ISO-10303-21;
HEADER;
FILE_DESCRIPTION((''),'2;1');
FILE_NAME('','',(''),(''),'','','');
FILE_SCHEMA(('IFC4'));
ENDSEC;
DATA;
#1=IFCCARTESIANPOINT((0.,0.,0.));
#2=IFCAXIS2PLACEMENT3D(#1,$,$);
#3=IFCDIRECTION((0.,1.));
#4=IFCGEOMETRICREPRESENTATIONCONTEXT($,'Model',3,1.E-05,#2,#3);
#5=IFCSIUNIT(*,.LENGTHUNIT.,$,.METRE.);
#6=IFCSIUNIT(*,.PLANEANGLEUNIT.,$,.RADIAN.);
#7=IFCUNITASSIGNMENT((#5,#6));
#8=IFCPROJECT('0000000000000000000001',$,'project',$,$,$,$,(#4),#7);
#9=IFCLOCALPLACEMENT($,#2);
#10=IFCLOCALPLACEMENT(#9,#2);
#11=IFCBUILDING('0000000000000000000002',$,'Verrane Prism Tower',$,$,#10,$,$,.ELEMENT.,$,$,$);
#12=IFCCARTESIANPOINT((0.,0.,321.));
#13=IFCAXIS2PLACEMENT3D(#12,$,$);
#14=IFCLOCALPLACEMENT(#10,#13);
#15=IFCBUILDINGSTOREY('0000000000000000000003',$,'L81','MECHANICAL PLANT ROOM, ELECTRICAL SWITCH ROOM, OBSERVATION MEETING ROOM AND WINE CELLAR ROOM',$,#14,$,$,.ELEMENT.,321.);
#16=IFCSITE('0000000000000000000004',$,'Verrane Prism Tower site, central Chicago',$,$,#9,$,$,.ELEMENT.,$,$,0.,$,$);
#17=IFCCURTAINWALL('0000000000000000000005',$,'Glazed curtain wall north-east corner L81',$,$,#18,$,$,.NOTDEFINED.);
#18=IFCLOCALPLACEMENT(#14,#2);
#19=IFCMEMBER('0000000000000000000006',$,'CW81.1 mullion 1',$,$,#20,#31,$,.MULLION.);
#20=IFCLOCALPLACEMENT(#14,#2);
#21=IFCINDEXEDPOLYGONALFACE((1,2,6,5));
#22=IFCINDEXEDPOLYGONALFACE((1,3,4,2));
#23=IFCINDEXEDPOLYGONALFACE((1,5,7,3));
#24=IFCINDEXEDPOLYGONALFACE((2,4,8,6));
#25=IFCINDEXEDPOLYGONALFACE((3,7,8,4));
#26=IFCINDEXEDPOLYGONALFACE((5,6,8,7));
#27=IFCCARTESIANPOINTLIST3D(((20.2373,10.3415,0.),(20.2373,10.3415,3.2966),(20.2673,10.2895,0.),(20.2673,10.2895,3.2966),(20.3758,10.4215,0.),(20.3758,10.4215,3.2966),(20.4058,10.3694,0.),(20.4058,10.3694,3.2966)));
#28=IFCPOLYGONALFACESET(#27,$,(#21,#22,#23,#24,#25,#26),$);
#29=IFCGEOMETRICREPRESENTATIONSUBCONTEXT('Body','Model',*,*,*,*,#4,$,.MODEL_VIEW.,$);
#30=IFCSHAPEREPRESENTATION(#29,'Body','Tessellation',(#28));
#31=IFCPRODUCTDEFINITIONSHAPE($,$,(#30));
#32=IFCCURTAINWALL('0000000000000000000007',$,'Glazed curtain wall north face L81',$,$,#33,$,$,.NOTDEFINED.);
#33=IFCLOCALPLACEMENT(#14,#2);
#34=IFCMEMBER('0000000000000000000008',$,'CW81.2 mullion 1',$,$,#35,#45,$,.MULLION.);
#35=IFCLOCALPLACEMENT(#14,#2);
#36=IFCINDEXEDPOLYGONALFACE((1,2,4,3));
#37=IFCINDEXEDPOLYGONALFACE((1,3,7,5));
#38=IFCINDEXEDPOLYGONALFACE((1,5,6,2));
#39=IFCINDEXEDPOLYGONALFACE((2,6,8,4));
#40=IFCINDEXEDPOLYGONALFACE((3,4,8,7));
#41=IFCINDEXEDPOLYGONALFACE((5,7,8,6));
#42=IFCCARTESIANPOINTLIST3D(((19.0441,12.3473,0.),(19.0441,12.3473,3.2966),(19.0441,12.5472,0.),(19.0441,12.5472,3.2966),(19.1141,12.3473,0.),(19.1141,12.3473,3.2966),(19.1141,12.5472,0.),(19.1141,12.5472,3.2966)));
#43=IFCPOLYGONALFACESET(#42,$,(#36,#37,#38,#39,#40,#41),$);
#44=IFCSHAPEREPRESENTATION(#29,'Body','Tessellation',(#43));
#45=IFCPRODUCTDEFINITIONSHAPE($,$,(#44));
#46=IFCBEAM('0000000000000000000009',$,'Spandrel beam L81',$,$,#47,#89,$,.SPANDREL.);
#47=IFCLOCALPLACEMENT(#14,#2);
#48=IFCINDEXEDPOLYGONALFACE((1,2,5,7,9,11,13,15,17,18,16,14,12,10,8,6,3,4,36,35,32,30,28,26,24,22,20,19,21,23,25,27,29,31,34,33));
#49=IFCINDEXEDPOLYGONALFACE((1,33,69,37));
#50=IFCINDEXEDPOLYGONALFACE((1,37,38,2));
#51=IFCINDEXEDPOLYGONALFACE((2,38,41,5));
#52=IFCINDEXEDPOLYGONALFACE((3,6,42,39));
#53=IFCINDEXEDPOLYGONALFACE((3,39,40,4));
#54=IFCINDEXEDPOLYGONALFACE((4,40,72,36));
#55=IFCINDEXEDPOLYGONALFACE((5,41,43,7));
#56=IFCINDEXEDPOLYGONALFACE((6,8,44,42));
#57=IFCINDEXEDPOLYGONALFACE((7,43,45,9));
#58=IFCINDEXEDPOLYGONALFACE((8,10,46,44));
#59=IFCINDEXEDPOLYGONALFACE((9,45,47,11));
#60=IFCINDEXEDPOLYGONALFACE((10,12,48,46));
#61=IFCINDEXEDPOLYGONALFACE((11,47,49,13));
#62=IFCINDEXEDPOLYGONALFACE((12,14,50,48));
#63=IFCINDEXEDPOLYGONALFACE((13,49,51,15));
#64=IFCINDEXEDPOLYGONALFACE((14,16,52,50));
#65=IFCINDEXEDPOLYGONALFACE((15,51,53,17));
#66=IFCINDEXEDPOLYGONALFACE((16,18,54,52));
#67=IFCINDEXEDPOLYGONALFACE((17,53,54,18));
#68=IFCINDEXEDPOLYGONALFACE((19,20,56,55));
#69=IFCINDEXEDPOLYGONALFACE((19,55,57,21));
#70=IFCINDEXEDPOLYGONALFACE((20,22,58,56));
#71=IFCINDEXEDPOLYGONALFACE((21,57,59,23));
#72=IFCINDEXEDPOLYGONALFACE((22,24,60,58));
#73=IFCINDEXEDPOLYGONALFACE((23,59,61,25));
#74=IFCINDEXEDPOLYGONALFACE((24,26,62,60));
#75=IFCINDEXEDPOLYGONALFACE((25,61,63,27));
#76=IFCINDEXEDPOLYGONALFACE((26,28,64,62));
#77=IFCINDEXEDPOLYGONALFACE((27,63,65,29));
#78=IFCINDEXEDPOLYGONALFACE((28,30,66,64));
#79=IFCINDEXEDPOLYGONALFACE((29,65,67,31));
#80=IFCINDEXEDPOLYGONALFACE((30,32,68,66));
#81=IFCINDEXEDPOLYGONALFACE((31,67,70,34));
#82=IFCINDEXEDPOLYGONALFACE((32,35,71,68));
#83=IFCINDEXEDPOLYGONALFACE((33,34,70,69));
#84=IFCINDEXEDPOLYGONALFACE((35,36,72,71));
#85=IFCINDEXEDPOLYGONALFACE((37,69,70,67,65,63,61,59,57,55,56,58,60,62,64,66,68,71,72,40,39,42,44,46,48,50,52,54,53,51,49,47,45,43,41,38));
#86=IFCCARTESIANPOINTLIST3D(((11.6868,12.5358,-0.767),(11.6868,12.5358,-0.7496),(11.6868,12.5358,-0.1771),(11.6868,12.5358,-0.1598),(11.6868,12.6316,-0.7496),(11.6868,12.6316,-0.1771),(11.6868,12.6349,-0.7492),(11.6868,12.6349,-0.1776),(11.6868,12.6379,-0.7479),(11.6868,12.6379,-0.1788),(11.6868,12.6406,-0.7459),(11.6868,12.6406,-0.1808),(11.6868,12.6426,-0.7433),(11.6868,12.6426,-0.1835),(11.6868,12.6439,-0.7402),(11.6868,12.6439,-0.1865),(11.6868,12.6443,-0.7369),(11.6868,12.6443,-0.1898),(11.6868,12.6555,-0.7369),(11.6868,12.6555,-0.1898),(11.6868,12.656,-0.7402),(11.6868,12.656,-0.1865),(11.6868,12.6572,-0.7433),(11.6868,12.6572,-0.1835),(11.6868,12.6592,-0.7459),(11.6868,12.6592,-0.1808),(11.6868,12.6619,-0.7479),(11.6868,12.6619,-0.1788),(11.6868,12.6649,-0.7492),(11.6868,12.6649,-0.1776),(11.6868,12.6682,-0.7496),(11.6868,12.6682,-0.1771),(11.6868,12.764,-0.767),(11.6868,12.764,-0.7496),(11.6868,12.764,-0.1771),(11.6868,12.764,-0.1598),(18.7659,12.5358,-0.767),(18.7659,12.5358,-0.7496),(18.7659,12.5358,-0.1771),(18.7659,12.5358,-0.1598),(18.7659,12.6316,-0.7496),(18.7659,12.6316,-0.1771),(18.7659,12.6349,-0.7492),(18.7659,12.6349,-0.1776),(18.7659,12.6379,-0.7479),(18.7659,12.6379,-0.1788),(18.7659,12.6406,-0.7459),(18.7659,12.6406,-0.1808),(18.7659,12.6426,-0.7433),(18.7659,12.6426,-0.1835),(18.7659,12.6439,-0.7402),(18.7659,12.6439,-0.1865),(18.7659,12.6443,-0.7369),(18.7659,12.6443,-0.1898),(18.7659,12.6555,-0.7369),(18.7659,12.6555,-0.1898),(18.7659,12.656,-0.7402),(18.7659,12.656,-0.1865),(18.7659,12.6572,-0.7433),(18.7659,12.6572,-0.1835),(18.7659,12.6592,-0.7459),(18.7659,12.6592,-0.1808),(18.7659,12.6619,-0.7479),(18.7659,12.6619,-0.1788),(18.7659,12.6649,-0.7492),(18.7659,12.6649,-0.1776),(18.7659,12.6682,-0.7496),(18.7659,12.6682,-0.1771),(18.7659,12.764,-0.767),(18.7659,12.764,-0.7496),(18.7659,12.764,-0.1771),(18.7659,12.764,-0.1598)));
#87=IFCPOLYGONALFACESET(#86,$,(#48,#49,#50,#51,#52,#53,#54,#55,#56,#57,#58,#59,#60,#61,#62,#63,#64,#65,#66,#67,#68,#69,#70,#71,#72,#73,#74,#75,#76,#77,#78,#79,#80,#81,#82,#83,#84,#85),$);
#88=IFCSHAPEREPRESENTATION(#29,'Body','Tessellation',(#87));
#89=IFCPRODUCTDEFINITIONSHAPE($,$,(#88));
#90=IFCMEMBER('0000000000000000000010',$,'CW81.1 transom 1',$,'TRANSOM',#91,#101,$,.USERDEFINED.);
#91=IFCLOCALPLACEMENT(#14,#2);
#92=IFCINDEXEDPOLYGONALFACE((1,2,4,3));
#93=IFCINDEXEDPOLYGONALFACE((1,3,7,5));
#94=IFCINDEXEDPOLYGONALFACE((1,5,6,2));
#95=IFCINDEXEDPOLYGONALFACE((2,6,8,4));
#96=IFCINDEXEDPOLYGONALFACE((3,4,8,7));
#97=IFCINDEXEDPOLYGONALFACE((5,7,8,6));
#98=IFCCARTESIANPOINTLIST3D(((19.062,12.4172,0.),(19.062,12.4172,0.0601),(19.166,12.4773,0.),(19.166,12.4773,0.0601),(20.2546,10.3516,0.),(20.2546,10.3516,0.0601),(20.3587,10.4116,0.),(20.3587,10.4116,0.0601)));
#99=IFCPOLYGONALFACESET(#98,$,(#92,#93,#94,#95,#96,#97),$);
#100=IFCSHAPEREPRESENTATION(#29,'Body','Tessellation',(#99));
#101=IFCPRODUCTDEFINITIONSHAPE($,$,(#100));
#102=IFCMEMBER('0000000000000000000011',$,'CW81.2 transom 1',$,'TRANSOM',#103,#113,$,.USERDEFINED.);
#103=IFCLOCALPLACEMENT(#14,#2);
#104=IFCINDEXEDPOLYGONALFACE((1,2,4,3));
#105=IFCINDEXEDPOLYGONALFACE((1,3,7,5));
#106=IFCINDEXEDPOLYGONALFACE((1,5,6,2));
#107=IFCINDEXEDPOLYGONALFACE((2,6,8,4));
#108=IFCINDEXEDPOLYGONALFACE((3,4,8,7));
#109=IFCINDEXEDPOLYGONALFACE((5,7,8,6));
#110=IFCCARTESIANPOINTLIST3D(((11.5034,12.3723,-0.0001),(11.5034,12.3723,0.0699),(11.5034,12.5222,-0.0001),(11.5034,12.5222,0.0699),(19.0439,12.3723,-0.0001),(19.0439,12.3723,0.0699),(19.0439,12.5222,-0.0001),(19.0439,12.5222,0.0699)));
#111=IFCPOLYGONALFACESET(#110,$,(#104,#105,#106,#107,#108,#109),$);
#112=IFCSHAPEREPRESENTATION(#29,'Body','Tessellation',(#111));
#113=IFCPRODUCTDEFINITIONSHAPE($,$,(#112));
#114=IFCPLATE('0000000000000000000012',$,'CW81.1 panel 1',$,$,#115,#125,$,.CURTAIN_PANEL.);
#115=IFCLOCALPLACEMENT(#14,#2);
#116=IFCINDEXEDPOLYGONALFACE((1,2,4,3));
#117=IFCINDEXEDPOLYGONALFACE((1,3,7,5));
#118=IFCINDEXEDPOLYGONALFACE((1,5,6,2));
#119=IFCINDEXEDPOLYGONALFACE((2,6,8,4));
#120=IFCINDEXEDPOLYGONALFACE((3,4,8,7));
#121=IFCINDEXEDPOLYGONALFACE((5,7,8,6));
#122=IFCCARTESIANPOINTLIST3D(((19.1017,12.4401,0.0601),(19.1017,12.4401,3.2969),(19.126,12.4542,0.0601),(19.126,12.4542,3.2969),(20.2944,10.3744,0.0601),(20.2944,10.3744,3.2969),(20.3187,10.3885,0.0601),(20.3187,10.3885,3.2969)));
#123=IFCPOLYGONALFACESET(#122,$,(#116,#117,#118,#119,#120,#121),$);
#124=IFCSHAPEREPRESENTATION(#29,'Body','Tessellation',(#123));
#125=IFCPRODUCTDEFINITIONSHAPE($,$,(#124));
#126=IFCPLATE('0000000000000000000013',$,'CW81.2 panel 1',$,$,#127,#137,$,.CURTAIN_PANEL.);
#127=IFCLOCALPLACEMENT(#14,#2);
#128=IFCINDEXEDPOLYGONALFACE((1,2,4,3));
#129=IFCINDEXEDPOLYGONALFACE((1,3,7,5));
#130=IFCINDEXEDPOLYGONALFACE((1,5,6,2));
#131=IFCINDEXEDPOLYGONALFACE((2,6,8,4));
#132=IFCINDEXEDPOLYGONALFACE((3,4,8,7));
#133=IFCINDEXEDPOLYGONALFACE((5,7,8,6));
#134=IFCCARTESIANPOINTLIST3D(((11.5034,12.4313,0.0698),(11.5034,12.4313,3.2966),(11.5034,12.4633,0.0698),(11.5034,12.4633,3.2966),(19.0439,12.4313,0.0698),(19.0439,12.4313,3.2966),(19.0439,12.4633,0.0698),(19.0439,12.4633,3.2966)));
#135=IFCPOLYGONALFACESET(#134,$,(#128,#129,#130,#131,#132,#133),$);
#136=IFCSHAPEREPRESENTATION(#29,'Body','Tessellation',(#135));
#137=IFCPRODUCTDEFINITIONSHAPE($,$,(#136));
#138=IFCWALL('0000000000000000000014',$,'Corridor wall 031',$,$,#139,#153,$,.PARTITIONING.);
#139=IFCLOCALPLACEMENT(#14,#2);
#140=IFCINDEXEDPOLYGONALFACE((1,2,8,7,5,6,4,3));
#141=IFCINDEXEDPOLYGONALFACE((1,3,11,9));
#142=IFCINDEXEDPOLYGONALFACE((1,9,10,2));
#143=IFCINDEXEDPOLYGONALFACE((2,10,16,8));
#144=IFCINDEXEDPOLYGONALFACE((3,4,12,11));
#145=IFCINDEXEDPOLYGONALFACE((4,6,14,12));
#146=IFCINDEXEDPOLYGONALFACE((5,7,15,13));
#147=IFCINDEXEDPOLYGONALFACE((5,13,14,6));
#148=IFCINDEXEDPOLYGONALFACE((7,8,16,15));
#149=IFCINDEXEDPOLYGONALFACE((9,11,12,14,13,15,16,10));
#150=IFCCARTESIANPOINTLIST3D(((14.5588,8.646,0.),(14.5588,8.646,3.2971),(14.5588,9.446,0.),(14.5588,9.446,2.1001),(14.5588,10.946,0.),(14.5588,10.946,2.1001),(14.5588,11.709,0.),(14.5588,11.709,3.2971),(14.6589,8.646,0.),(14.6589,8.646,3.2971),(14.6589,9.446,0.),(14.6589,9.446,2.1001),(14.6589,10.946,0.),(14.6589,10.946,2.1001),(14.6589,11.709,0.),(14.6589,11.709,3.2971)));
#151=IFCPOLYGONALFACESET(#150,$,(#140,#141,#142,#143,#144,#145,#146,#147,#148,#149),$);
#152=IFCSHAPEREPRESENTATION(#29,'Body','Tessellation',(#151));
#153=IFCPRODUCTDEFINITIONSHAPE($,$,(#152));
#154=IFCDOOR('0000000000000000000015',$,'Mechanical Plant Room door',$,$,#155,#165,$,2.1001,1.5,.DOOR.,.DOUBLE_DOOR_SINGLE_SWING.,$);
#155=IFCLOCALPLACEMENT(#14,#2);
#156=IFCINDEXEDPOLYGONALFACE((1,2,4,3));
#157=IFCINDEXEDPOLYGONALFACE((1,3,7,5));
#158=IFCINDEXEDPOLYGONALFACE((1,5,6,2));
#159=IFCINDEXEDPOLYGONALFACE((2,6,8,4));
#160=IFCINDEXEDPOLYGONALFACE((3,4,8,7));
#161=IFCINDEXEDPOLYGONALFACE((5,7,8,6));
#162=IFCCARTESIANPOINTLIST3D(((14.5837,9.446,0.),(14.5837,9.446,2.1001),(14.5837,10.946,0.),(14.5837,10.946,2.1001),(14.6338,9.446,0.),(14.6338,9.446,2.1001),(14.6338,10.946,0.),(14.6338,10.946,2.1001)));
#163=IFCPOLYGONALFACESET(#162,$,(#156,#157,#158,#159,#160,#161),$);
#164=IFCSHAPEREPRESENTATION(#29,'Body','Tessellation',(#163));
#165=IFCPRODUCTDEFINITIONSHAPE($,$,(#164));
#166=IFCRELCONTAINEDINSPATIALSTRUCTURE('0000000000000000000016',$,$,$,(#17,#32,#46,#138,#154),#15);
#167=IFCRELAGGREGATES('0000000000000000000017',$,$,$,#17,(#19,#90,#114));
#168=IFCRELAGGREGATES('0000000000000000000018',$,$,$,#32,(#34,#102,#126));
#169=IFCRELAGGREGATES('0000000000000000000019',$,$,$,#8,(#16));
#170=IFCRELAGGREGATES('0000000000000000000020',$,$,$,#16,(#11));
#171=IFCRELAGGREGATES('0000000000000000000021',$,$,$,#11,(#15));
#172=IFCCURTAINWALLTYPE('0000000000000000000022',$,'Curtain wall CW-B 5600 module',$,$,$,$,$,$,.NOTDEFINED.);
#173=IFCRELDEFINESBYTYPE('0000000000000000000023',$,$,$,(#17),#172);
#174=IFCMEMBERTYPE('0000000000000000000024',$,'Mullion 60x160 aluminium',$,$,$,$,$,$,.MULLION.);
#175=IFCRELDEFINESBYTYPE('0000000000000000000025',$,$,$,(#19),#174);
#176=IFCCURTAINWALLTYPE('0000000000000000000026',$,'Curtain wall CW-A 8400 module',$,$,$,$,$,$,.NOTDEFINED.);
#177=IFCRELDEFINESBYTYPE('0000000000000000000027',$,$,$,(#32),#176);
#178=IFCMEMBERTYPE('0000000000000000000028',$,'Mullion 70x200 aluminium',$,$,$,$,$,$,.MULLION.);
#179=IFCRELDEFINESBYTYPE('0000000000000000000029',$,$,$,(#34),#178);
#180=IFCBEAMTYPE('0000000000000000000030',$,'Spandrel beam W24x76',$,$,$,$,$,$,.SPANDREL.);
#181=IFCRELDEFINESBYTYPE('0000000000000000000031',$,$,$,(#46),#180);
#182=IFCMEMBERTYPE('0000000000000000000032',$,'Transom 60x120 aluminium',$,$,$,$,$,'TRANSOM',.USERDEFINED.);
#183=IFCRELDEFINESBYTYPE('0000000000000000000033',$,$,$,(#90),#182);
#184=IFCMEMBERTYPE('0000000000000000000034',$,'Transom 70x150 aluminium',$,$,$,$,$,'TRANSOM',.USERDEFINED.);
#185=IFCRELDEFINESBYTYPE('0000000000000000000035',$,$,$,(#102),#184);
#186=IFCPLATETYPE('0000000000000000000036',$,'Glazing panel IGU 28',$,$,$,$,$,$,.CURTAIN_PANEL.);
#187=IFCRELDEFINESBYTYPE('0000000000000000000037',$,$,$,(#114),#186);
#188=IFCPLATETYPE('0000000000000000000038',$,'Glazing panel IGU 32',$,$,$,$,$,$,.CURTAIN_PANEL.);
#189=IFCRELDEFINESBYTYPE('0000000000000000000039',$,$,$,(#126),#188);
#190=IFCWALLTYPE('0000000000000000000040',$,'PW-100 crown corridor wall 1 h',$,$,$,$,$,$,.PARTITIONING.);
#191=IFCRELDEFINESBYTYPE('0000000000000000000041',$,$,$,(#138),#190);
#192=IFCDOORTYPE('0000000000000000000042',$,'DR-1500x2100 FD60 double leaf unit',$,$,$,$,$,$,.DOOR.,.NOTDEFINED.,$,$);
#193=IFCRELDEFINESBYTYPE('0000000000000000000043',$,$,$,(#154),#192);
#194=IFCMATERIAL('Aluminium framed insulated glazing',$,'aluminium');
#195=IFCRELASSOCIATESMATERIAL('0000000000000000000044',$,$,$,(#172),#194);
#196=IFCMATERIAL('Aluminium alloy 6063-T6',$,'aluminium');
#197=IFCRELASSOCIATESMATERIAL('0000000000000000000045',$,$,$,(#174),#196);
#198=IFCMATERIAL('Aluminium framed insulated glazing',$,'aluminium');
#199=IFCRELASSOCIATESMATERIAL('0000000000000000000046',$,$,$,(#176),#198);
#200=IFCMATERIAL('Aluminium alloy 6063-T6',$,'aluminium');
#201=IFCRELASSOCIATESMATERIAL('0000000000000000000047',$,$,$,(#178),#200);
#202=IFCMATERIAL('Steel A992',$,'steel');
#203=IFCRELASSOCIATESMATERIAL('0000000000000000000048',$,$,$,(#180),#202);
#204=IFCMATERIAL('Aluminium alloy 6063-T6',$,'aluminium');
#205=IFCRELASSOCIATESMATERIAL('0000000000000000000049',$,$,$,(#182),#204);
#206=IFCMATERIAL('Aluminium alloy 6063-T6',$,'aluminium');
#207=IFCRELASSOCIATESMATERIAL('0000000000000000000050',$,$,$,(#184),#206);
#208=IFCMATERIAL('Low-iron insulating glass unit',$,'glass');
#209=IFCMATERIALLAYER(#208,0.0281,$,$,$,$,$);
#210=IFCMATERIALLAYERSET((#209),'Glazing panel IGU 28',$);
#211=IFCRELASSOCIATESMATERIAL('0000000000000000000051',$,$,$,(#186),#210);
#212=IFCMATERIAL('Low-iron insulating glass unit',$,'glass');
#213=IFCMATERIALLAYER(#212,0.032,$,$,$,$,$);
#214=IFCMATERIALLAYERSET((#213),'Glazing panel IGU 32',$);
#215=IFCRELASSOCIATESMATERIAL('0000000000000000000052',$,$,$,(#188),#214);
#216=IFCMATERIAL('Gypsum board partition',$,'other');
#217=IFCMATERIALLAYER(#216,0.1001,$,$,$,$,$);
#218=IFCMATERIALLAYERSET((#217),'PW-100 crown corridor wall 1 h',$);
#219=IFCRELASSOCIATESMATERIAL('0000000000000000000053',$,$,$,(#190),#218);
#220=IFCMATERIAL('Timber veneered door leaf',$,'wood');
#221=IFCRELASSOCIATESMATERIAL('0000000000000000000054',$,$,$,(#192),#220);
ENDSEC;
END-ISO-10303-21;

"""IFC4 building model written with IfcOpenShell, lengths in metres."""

from ifc_helpers import new_model, si_unit, direction, frame, frame_2d, origin, origin_2d, place, context, subcontext, project, spatial, rectangle, i_section, extrude, material, layer, layer_set, material_profile, profile_set, type_object, element, fill, aggregate, save


model = new_model("IFC4")

# Units and contexts
model_context = context("Model", 3, precision=1e-05, world=origin(), true_north=direction((0.0, 1.0)))
body_context = subcontext(model_context, "Body", "Model", "MODEL_VIEW")
ifc_project = project(units=[si_unit("LENGTHUNIT", "METRE"), si_unit("PLANEANGLEUNIT", "RADIAN")], contexts=[model_context])

# Site, building, storey
site_placement = place(None, origin())
site = spatial("IfcSite", under=ifc_project, at=site_placement, Name="Verrane Prism Tower site, central Chicago", CompositionType="ELEMENT", RefElevation=0.0)
building_placement = place(site_placement, origin())
building = spatial("IfcBuilding", under=site, at=building_placement, Name="Verrane Prism Tower", CompositionType="ELEMENT")
storey_placement = place(building_placement, frame((0.0, 0.0, 321.0)))
storey = spatial("IfcBuildingStorey", under=building, at=storey_placement, Name="L81", Description="MECHANICAL PLANT ROOM, ELECTRICAL SWITCH ROOM, OBSERVATION MEETING ROOM AND WINE CELLAR ROOM", CompositionType="ELEMENT", Elevation=321.0)

# Curtain walls, members
ifc_material_1 = material(Name="Aluminium framed insulated glazing", Category="aluminium")
curtain_wall_type_1 = type_object("IfcCurtainWallType", Name="Curtain wall CW-B 5600 module", PredefinedType="NOTDEFINED", material=ifc_material_1)
curtain_wall_1_placement = place(storey_placement, origin())
curtain_wall_1 = element("IfcCurtainWall", 1, at=curtain_wall_1_placement, inside=storey, type_object=curtain_wall_type_1, Name="Glazed curtain wall north-east corner L81", PredefinedType="NOTDEFINED")
ifc_material_2 = material(Name="Aluminium alloy 6063-T6", Category="aluminium")
ifc_material_profile_1 = material_profile(ifc_material_2, rectangle(XDim=0.1599, YDim=0.0601, at=origin_2d()), Name="Mullion 60x160 aluminium")
ifc_profile_set_1 = profile_set([ifc_material_profile_1], Name="Aluminium alloy 6063-T6")
member_type_1 = type_object("IfcMemberType", Name="Mullion 60x160 aluminium", PredefinedType="MULLION", material=ifc_profile_set_1)
member_1_placement = place(storey_placement, frame((20.3215, 10.3555, 0.0), z_axis=(0.0, 0.0, 1.0), x_axis=(-0.866025, -0.500001, 0.0)))
member_1 = element("IfcMember", 2, at=member_1_placement, type_object=member_type_1, Name="CW81.1 mullion 1", PredefinedType="MULLION", context=body_context, shape_type="SweptSolid", body=[
    extrude(rectangle(XDim=0.1599, YDim=0.0601, at=origin_2d()), origin(), (0.0, 0.0, 1.0), 3.2966),
])
ifc_material_3 = material(Name="Aluminium framed insulated glazing", Category="aluminium")
curtain_wall_type_2 = type_object("IfcCurtainWallType", Name="Curtain wall CW-A 8400 module", PredefinedType="NOTDEFINED", material=ifc_material_3)
curtain_wall_2_placement = place(storey_placement, origin())
curtain_wall_2 = element("IfcCurtainWall", 3, at=curtain_wall_2_placement, inside=storey, type_object=curtain_wall_type_2, Name="Glazed curtain wall north face L81", PredefinedType="NOTDEFINED")
ifc_material_4 = material(Name="Aluminium alloy 6063-T6", Category="aluminium")
ifc_material_profile_2 = material_profile(ifc_material_4, rectangle(XDim=0.2, YDim=0.0701, at=origin_2d()), Name="Mullion 70x200 aluminium")
ifc_profile_set_2 = profile_set([ifc_material_profile_2], Name="Aluminium alloy 6063-T6")
member_type_2 = type_object("IfcMemberType", Name="Mullion 70x200 aluminium", PredefinedType="MULLION", material=ifc_profile_set_2)
member_2_placement = place(storey_placement, frame((19.0791, 12.4473, 0.0), z_axis=(0.0, 0.0, 1.0), x_axis=(0.0, -1.0, 0.0)))
member_2 = element("IfcMember", 4, at=member_2_placement, type_object=member_type_2, Name="CW81.2 mullion 1", PredefinedType="MULLION", context=body_context, shape_type="SweptSolid", body=[
    extrude(rectangle(XDim=0.2, YDim=0.0701, at=origin_2d()), origin(), (0.0, 0.0, 1.0), 3.2966),
])

# Beam
ifc_material_5 = material(Name="Steel A992", Category="steel")
ifc_material_profile_3 = material_profile(ifc_material_5, i_section(OverallWidth=0.2283, OverallDepth=0.6072, WebThickness=0.0112, FlangeThickness=0.0173, FilletRadius=0.0127, at=origin_2d()), Name="W24x76")
ifc_profile_set_3 = profile_set([ifc_material_profile_3], Name="Steel A992")
beam_type_1 = type_object("IfcBeamType", Name="Spandrel beam W24x76", PredefinedType="SPANDREL", material=ifc_profile_set_3)
beam_1_placement = place(storey_placement, frame((18.7659, 12.6499, -0.4634), z_axis=(-1.0, 0.0, 0.0), x_axis=(0.0, -1.0, 0.0)))
element("IfcBeam", 5, at=beam_1_placement, inside=storey, type_object=beam_type_1, Name="Spandrel beam L81", PredefinedType="SPANDREL", context=body_context, shape_type="SweptSolid", body=[
    extrude(i_section(OverallWidth=0.2283, OverallDepth=0.6072, WebThickness=0.0112, FlangeThickness=0.0173, FilletRadius=0.0127, at=origin_2d()), origin(), (0.0, 0.0, 1.0), 7.0791),
])

# Members
ifc_material_6 = material(Name="Aluminium alloy 6063-T6", Category="aluminium")
ifc_material_profile_4 = material_profile(ifc_material_6, rectangle(XDim=0.1201, YDim=0.0601, at=origin_2d()), Name="Transom 60x120 aluminium")
ifc_profile_set_4 = profile_set([ifc_material_profile_4], Name="Aluminium alloy 6063-T6")
member_type_3 = type_object("IfcMemberType", Name="Transom 60x120 aluminium", ElementType="TRANSOM", PredefinedType="USERDEFINED", material=ifc_profile_set_4)
member_3_placement = place(storey_placement, frame((20.3066, 10.3816, 0.03), z_axis=(-0.500003, 0.866024, 0.0), x_axis=(-0.866024, -0.500003, 0.0)))
member_3 = element("IfcMember", 6, at=member_3_placement, type_object=member_type_3, Name="CW81.1 transom 1", ObjectType="TRANSOM", PredefinedType="USERDEFINED", context=body_context, shape_type="SweptSolid", body=[
    extrude(rectangle(XDim=0.1201, YDim=0.0601, at=origin_2d()), origin(), (0.0, 0.0, 1.0), 2.3853),
])
ifc_material_7 = material(Name="Aluminium alloy 6063-T6", Category="aluminium")
ifc_material_profile_5 = material_profile(ifc_material_7, rectangle(XDim=0.1499, YDim=0.0701, at=origin_2d()), Name="Transom 70x150 aluminium")
ifc_profile_set_5 = profile_set([ifc_material_profile_5], Name="Aluminium alloy 6063-T6")
member_type_4 = type_object("IfcMemberType", Name="Transom 70x150 aluminium", ElementType="TRANSOM", PredefinedType="USERDEFINED", material=ifc_profile_set_5)
member_4_placement = place(storey_placement, frame((19.0439, 12.4473, 0.0349), z_axis=(-1.0, 0.0, 0.0), x_axis=(0.0, -1.0, 0.0)))
member_4 = element("IfcMember", 7, at=member_4_placement, type_object=member_type_4, Name="CW81.2 transom 1", ObjectType="TRANSOM", PredefinedType="USERDEFINED", context=body_context, shape_type="SweptSolid", body=[
    extrude(rectangle(XDim=0.1499, YDim=0.0701, at=origin_2d()), origin(), (0.0, 0.0, 1.0), 7.5405),
])

# Plates
ifc_material_8 = material(Name="Low-iron insulating glass unit", Category="glass")
ifc_layer_1 = layer(ifc_material_8, 0.0281)
ifc_layer_set_1 = layer_set([ifc_layer_1], Name="Glazing panel IGU 28")
plate_type_1 = type_object("IfcPlateType", Name="Glazing panel IGU 28", PredefinedType="CURTAIN_PANEL", material=ifc_layer_set_1)
plate_1_placement = place(storey_placement, frame((19.7102, 11.4143, 0.0601), z_axis=(0.0, 0.0, 1.0), x_axis=(-0.500001, 0.866025, 0.0)))
plate_1 = element("IfcPlate", 8, at=plate_1_placement, type_object=plate_type_1, Name="CW81.1 panel 1", PredefinedType="CURTAIN_PANEL", context=body_context, shape_type="SweptSolid", body=[
    extrude(rectangle(XDim=2.3853, YDim=0.0281, at=origin_2d()), origin(), (0.0, 0.0, 1.0), 3.2368),
])
aggregate(curtain_wall_1, [member_1, member_3, plate_1])
ifc_material_9 = material(Name="Low-iron insulating glass unit", Category="glass")
ifc_layer_2 = layer(ifc_material_9, 0.032)
ifc_layer_set_2 = layer_set([ifc_layer_2], Name="Glazing panel IGU 32")
plate_type_2 = type_object("IfcPlateType", Name="Glazing panel IGU 32", PredefinedType="CURTAIN_PANEL", material=ifc_layer_set_2)
plate_2_placement = place(storey_placement, frame((15.2737, 12.4473, 0.0698), z_axis=(0.0, 0.0, 1.0), x_axis=(-1.0, 0.0, 0.0)))
plate_2 = element("IfcPlate", 9, at=plate_2_placement, type_object=plate_type_2, Name="CW81.2 panel 1", PredefinedType="CURTAIN_PANEL", context=body_context, shape_type="SweptSolid", body=[
    extrude(rectangle(XDim=7.5405, YDim=0.032, at=origin_2d()), origin(), (0.0, 0.0, 1.0), 3.2268),
])
aggregate(curtain_wall_2, [member_2, member_4, plate_2])

# Wall, opening, door
ifc_material_10 = material(Name="Gypsum board partition", Category="other")
ifc_layer_3 = layer(ifc_material_10, 0.1001)
ifc_layer_set_3 = layer_set([ifc_layer_3], Name="PW-100 crown corridor wall 1 h")
wall_type_1 = type_object("IfcWallType", Name="PW-100 crown corridor wall 1 h", PredefinedType="PARTITIONING", material=ifc_layer_set_3)
wall_1_placement = place(storey_placement, frame((14.6089, 11.709, 0.0), z_axis=(0.0, 0.0, 1.0), x_axis=(0.0, -1.0, 0.0)))
wall_1 = element("IfcWall", 10, at=wall_1_placement, inside=storey, type_object=wall_type_1, Name="Corridor wall 031", PredefinedType="PARTITIONING", context=body_context, shape_type="SweptSolid", body=[
    extrude(rectangle(XDim=3.063, YDim=0.1001, at=frame_2d((1.5315, 0.0))), origin(), (0.0, 0.0, 1.0), 3.2971),
])
opening_placement = place(wall_1_placement, frame((0.7629, 0.0, 0.0)))
opening = element("IfcOpeningElement", 11, at=opening_placement, cuts=wall_1, PredefinedType="OPENING", context=body_context, shape_type="SweptSolid", body=[
    extrude(rectangle(XDim=1.5, YDim=2.1001, at=frame_2d((0.75, 1.05))), frame((0.0, 0.0601, 0.0), z_axis=(0.0, -1.0, 0.0), x_axis=(1.0, 0.0, 0.0)), (0.0, 0.0, 1.0), 0.1201),
])
ifc_material_11 = material(Name="Timber veneered door leaf", Category="wood")
door_type = type_object("IfcDoorType", Name="DR-1500x2100 FD60 double leaf unit", OperationType="NOTDEFINED", PredefinedType="DOOR", material=ifc_material_11)
door_placement = place(opening_placement, origin())
door = element("IfcDoor", 12, at=door_placement, inside=storey, type_object=door_type, Name="Mechanical Plant Room door", OperationType="DOUBLE_DOOR_SINGLE_SWING", OverallHeight=2.1001, OverallWidth=1.5, PredefinedType="DOOR", context=body_context, shape_type="SweptSolid", body=[
    extrude(rectangle(XDim=1.5, YDim=2.1001, at=frame_2d((0.75, 1.05))), frame((0.0, 0.0249, 0.0), z_axis=(0.0, -1.0, 0.0), x_axis=(1.0, 0.0, 0.0)), (0.0, 0.0, 1.0), 0.05),
])
fill(opening, door)

save(model, "model.ifc")
